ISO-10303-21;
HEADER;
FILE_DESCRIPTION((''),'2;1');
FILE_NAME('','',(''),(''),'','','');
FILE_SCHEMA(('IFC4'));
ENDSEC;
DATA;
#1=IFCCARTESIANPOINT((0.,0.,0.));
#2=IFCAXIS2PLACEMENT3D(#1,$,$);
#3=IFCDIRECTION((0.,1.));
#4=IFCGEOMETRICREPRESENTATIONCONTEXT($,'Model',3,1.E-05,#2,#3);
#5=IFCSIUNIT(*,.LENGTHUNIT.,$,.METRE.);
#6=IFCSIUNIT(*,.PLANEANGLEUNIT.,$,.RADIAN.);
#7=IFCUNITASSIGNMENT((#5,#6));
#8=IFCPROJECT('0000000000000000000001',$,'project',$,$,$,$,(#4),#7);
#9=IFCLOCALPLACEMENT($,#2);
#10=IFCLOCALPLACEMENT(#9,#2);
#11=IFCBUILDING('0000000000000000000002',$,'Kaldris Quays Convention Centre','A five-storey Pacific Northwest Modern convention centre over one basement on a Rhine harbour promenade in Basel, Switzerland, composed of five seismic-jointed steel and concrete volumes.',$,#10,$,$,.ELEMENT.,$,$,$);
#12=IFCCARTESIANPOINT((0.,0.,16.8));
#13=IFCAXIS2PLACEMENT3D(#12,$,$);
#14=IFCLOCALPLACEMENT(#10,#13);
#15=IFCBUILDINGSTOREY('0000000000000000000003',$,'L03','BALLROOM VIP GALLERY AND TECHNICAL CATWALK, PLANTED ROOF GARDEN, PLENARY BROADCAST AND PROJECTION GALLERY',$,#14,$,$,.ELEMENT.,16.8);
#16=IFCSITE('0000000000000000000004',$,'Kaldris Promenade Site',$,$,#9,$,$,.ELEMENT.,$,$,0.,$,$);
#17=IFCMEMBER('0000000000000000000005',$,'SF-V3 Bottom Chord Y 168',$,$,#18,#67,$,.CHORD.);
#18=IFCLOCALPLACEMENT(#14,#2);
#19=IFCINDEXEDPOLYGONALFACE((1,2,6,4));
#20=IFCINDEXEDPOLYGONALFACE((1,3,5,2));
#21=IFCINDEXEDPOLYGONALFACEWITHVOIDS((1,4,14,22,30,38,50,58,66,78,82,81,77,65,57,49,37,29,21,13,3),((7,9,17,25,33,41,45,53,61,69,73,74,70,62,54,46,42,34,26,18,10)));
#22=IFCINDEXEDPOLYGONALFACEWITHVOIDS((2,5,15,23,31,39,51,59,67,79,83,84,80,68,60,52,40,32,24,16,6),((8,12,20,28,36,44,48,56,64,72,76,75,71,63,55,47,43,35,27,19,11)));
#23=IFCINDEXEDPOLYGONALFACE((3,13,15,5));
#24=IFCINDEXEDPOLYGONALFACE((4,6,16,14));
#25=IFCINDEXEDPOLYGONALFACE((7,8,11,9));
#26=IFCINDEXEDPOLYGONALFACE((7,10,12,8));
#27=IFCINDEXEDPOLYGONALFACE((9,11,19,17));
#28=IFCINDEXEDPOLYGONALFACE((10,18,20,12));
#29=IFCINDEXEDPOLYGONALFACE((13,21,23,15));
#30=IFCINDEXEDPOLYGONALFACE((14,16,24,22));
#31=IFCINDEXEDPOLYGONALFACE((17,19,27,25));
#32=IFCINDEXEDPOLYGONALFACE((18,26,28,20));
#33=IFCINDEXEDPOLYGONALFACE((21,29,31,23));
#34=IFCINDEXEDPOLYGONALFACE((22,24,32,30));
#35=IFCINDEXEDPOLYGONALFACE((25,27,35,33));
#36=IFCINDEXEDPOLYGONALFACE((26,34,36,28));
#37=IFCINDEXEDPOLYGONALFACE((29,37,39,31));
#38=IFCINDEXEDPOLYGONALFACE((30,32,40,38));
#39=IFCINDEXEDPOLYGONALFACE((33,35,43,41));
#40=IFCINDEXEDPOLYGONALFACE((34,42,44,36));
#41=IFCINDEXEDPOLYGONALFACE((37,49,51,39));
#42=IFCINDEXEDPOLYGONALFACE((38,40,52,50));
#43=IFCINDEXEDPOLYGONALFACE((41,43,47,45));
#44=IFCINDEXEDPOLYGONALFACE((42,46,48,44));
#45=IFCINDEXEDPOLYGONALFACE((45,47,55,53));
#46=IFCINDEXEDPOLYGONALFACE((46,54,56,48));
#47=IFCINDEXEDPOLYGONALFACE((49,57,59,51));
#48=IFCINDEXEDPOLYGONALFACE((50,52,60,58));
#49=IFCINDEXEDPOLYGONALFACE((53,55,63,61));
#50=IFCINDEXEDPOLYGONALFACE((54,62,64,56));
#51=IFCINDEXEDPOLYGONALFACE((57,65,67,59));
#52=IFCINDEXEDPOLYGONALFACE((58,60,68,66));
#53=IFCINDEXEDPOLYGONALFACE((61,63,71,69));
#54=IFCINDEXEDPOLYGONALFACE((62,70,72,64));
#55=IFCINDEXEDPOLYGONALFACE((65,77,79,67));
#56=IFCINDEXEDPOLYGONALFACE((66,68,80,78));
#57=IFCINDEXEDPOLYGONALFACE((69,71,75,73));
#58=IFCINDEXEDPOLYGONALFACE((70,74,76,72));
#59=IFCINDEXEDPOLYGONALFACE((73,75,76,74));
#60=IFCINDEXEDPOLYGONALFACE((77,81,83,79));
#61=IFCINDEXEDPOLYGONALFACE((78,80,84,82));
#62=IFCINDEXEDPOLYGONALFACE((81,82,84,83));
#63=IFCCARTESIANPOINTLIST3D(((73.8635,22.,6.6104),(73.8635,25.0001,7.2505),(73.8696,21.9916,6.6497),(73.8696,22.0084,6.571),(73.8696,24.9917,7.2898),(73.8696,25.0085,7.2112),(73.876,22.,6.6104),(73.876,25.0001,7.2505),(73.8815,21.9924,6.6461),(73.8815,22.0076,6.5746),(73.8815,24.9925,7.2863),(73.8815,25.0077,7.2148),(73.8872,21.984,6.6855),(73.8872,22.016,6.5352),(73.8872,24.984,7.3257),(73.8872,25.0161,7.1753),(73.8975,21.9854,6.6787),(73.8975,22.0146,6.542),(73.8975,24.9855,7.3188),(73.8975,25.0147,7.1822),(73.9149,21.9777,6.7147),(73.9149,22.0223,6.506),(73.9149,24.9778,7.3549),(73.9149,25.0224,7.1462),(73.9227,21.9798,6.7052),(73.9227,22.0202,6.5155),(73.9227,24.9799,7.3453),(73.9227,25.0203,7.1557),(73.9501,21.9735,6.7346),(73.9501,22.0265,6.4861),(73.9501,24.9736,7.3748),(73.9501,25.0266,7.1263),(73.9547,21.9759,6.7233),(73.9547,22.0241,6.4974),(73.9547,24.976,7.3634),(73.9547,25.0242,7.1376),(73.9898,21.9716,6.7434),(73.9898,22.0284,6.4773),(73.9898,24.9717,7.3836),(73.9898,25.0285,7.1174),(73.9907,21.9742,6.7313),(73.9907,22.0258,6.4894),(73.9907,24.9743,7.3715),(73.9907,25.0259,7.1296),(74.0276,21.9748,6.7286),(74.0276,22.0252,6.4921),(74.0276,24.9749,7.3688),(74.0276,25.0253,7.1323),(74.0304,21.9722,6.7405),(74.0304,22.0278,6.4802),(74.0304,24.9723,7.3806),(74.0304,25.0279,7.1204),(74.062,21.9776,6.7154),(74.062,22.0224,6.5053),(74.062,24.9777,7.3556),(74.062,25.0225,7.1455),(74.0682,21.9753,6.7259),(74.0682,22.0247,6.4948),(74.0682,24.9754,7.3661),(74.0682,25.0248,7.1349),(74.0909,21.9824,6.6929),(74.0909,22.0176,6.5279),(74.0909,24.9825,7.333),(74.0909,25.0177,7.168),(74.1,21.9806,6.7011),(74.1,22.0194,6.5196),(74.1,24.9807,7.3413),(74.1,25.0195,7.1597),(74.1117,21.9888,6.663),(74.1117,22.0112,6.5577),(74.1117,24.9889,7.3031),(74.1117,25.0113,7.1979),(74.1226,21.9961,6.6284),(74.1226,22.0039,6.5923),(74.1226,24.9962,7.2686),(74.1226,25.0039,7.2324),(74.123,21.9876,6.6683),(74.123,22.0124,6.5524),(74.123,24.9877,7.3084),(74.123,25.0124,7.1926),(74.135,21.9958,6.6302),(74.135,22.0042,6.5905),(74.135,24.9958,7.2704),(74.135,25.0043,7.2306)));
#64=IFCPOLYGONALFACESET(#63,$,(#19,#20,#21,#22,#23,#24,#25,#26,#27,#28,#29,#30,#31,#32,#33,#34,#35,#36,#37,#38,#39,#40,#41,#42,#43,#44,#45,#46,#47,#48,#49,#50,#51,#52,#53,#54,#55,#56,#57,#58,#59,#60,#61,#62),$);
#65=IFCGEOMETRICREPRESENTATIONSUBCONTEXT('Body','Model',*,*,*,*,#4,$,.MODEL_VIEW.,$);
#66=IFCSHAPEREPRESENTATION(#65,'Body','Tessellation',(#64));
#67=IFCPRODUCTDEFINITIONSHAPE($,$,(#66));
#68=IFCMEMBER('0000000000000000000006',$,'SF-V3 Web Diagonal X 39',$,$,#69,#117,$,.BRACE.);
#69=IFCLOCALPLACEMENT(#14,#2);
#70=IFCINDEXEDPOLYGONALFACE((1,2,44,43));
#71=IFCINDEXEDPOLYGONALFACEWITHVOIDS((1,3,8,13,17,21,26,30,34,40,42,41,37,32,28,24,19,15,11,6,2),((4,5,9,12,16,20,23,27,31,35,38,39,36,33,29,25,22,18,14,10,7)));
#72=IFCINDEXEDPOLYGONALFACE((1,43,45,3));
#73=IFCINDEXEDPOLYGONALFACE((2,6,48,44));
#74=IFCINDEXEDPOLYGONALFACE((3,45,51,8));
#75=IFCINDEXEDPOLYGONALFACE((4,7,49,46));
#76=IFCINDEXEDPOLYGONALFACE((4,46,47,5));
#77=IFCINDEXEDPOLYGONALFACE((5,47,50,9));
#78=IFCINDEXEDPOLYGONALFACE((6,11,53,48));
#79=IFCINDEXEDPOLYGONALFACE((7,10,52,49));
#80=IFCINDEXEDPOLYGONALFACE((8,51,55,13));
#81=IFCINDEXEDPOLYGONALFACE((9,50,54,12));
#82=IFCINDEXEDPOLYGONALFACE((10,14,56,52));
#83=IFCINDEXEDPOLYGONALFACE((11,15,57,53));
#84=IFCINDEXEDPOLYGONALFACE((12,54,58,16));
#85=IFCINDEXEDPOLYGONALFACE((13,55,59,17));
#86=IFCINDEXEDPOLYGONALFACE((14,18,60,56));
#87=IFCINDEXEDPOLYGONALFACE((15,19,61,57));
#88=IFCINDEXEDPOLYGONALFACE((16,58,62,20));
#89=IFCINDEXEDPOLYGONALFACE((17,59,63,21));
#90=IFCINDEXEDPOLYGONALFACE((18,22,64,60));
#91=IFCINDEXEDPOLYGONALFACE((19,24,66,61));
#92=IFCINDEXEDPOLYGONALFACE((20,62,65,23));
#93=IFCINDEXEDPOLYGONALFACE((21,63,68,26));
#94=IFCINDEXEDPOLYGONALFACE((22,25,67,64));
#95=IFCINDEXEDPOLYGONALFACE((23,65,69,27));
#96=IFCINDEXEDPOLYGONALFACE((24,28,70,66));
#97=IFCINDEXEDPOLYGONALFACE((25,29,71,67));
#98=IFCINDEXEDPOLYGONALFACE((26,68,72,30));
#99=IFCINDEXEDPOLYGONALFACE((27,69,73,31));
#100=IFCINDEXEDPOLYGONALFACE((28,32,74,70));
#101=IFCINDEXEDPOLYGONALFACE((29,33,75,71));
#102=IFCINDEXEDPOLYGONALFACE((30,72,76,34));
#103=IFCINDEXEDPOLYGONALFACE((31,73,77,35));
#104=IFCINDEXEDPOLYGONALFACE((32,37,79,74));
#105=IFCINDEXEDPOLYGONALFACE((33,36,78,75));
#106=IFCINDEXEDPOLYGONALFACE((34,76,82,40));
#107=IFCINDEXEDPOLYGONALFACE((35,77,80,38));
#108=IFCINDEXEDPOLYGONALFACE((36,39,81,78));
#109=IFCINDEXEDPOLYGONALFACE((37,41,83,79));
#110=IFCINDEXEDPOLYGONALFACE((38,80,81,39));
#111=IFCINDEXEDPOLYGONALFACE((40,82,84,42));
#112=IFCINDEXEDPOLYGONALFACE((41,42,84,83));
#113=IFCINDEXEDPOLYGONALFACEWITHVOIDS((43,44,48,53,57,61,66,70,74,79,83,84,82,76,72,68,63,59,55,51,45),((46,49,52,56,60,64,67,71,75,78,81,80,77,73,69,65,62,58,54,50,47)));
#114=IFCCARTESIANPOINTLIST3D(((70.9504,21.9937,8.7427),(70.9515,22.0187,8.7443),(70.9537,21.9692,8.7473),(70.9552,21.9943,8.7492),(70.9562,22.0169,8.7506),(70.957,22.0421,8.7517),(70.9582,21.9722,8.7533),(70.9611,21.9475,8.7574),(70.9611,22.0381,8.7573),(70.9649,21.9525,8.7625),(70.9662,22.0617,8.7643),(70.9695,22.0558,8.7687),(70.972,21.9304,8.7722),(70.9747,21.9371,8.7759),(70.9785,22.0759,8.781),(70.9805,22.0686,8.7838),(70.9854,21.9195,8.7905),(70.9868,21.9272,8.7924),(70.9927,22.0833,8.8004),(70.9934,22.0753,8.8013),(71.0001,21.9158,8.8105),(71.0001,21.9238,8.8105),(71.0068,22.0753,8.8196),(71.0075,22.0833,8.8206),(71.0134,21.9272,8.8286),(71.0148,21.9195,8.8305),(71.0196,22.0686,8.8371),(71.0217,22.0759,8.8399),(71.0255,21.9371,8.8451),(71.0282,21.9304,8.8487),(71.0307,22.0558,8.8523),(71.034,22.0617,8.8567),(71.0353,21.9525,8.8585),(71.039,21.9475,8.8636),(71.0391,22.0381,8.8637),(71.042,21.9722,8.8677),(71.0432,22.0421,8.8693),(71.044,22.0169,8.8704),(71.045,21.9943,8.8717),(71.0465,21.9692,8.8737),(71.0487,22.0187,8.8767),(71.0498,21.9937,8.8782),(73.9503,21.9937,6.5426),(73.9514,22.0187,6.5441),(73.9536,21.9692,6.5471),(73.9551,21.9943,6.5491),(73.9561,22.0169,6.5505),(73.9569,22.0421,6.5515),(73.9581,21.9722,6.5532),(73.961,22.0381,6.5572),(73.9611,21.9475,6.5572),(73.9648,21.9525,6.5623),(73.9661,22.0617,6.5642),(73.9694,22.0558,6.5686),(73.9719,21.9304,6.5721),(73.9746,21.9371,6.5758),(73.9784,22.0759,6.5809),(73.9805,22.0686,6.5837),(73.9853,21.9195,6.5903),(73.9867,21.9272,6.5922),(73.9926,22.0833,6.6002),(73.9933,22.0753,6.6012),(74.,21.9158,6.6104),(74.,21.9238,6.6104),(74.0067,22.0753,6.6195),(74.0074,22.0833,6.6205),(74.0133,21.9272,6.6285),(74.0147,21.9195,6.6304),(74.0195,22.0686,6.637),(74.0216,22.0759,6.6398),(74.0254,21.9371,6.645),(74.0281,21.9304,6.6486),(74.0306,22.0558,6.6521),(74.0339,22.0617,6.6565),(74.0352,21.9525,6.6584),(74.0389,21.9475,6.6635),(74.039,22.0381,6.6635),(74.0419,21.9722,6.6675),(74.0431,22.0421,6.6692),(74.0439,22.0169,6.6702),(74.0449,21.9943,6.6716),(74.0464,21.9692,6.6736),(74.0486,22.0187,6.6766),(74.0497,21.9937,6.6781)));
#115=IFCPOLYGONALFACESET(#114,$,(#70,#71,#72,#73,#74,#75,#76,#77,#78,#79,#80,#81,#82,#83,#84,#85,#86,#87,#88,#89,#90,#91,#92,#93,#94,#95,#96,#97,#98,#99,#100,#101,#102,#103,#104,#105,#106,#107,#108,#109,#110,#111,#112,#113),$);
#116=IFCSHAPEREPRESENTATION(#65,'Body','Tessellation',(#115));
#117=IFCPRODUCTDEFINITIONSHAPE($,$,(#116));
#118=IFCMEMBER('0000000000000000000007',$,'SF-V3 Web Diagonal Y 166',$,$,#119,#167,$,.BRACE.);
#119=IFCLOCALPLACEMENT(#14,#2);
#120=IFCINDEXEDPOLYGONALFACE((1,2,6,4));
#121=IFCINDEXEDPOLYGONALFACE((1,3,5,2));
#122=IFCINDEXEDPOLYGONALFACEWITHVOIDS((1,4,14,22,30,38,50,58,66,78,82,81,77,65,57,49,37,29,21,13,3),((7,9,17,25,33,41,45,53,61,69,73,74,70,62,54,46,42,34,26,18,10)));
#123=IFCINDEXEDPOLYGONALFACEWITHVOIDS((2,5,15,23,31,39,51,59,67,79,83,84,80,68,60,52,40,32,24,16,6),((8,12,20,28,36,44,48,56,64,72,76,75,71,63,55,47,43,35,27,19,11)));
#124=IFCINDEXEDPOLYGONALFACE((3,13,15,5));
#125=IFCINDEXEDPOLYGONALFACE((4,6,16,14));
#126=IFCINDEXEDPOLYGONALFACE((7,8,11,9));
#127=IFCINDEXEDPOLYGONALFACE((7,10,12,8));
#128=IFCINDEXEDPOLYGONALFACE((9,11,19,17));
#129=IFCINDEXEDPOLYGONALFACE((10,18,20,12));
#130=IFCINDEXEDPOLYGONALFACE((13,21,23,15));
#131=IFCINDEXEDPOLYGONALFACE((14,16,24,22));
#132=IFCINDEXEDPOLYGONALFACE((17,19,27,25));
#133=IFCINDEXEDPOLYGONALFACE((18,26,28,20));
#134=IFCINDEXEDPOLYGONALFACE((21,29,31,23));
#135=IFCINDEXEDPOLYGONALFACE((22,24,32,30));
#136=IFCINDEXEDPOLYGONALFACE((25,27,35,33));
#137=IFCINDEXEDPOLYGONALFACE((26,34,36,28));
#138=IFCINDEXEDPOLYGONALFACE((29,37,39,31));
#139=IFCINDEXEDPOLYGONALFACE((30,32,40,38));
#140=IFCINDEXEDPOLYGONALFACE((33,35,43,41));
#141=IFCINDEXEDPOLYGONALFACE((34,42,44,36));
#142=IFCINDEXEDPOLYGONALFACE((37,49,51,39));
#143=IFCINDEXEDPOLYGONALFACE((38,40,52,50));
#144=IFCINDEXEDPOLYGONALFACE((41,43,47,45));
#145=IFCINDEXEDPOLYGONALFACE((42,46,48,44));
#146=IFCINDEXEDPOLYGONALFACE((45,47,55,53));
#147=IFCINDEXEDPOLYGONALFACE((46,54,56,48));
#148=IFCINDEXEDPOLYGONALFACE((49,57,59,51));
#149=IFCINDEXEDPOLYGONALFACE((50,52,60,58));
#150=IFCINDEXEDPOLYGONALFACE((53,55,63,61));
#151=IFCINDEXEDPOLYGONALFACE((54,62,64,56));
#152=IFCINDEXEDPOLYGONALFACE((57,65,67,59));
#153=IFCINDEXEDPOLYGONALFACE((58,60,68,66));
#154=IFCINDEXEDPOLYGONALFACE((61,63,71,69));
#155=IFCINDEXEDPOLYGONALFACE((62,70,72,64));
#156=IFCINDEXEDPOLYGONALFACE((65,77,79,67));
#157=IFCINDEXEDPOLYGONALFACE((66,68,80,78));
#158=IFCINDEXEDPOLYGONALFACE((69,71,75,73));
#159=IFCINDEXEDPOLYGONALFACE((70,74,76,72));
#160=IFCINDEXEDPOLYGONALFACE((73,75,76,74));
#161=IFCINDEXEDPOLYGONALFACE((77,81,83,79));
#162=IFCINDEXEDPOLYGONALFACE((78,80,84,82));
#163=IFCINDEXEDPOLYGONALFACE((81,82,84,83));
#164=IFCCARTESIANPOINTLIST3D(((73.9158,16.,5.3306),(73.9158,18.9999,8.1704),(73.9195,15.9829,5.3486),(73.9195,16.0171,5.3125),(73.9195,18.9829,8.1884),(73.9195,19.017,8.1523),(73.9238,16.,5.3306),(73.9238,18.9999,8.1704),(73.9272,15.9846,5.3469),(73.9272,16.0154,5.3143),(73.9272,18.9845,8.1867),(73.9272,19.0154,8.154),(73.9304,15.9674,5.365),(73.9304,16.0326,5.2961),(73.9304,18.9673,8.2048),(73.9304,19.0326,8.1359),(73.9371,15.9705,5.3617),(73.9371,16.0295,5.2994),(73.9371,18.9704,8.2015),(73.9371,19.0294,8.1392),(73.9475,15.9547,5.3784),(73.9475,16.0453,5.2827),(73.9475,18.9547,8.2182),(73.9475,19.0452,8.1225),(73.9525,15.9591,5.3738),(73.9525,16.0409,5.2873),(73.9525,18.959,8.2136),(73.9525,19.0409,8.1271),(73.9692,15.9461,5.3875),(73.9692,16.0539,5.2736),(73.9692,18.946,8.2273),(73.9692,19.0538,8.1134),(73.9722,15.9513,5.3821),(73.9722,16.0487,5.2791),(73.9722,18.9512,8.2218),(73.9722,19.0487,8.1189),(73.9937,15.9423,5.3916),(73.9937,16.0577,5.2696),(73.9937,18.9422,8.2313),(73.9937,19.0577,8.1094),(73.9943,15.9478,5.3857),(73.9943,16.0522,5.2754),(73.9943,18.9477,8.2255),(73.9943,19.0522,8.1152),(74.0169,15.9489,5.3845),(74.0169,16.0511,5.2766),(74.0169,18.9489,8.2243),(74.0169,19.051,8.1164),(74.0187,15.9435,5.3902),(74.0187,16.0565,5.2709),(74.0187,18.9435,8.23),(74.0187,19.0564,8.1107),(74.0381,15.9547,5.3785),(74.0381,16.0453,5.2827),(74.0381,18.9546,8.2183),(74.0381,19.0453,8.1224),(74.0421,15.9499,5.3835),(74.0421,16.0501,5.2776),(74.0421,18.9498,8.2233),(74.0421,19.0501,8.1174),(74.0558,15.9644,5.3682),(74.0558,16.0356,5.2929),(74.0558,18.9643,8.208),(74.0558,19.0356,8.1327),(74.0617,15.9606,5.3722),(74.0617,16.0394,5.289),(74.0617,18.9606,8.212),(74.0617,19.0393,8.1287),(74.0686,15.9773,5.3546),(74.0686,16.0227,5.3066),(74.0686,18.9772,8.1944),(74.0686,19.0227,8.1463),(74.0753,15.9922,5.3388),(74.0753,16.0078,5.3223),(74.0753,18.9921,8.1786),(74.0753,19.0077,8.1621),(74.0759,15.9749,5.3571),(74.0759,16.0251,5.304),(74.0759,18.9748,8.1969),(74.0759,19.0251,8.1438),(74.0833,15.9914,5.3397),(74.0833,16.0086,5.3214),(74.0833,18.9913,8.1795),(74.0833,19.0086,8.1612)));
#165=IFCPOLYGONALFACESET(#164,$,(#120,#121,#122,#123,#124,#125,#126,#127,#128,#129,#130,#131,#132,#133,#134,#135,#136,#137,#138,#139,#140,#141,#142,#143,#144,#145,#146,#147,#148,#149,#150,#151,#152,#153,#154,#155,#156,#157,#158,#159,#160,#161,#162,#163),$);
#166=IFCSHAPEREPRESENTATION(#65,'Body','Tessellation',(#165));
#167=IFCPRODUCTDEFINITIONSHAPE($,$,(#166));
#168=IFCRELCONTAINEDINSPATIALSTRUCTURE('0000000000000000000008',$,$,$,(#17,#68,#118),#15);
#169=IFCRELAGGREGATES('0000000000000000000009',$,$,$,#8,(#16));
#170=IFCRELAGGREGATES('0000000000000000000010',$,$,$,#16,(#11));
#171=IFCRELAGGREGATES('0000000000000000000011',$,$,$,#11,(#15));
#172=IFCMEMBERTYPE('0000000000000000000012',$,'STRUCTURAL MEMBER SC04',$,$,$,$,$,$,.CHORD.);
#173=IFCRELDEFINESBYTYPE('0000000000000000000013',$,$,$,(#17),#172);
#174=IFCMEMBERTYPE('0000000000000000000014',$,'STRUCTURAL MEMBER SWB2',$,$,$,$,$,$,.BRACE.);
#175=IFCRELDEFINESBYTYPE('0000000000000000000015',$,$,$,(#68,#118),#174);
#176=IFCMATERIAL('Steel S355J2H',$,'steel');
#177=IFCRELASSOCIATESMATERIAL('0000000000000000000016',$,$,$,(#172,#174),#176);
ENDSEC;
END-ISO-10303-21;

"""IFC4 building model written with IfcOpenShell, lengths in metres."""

from ifc_helpers import new_model, si_unit, direction, frame, origin, origin_2d, place, context, subcontext, project, spatial, hollow_circle, extrude, material, material_profile, profile_set, type_object, element, save


model = new_model("IFC4")

# Units and contexts
model_context = context("Model", 3, precision=1e-05, world=origin(), true_north=direction((0.0, 1.0)))
body_context = subcontext(model_context, "Body", "Model", "MODEL_VIEW")
ifc_project = project(units=[si_unit("LENGTHUNIT", "METRE"), si_unit("PLANEANGLEUNIT", "RADIAN")], contexts=[model_context])

# Site, building, storey
site_placement = place(None, origin())
site = spatial("IfcSite", under=ifc_project, at=site_placement, Name="Kaldris Promenade Site", CompositionType="ELEMENT", RefElevation=0.0)
building_placement = place(site_placement, origin())
building = spatial("IfcBuilding", under=site, at=building_placement, Name="Kaldris Quays Convention Centre", Description="A five-storey Pacific Northwest Modern convention centre over one basement on a Rhine harbour promenade in Basel, Switzerland, composed of five seismic-jointed steel and concrete volumes.", CompositionType="ELEMENT")
storey_placement = place(building_placement, frame((0.0, 0.0, 16.8)))
storey = spatial("IfcBuildingStorey", under=building, at=storey_placement, Name="L03", Description="BALLROOM VIP GALLERY AND TECHNICAL CATWALK, PLANTED ROOF GARDEN, PLENARY BROADCAST AND PROJECTION GALLERY", CompositionType="ELEMENT", Elevation=16.8)

# Members
ifc_material_1 = material(Name="Steel S355J2H", Category="steel")
ifc_material_profile_1 = material_profile(ifc_material_1, hollow_circle(Radius=0.1365, WallThickness=0.0125, at=origin_2d()), Name="CHS 273x12.5")
ifc_profile_set_1 = profile_set([ifc_material_profile_1], Name="Steel S355J2H")
member_type_1 = type_object("IfcMemberType", Name="STRUCTURAL MEMBER SC04", PredefinedType="CHORD", material=ifc_profile_set_1)
member_1_placement = place(storey_placement, frame((74.0, 22.0, 6.6104), z_axis=(0.0, 0.977984, 0.208681), x_axis=(-1.0, 0.0, 0.0)))
element("IfcMember", 1, at=member_1_placement, inside=storey, type_object=member_type_1, Name="SF-V3 Bottom Chord Y 168", PredefinedType="CHORD", context=body_context, shape_type="SweptSolid", body=[
    extrude(hollow_circle(Radius=0.1365, WallThickness=0.0125, at=origin_2d()), origin(), (0.0, 0.0, 1.0), 3.0676),
])
ifc_material_profile_2 = material_profile(ifc_material_1, hollow_circle(Radius=0.0842, WallThickness=0.0081, at=origin_2d()), Name="CHS 168.3x8")
ifc_profile_set_2 = profile_set([ifc_material_profile_2], Name="Steel S355J2H")
member_type_2 = type_object("IfcMemberType", Name="STRUCTURAL MEMBER SWB2", PredefinedType="BRACE", material=ifc_profile_set_2)
member_2_placement = place(storey_placement, frame((74.0, 22.0, 6.6104), z_axis=(-0.80638, 0.0, 0.591398), x_axis=(0.0, -1.0, 0.0)))
element("IfcMember", 2, at=member_2_placement, inside=storey, type_object=member_type_2, Name="SF-V3 Web Diagonal X 39", PredefinedType="BRACE", context=body_context, shape_type="SweptSolid", body=[
    extrude(hollow_circle(Radius=0.0842, WallThickness=0.0081, at=origin_2d()), origin(), (0.0, 0.0, 1.0), 3.7202),
])
member_3_placement = place(storey_placement, frame((74.0, 16.0, 5.3306), z_axis=(0.0, 0.726226, 0.687456), x_axis=(-1.0, 0.0, 0.0)))
element("IfcMember", 3, at=member_3_placement, inside=storey, type_object=member_type_2, Name="SF-V3 Web Diagonal Y 166", PredefinedType="BRACE", context=body_context, shape_type="SweptSolid", body=[
    extrude(hollow_circle(Radius=0.0842, WallThickness=0.0081, at=origin_2d()), origin(), (0.0, 0.0, 1.0), 4.1309),
])

save(model, "model.ifc")
